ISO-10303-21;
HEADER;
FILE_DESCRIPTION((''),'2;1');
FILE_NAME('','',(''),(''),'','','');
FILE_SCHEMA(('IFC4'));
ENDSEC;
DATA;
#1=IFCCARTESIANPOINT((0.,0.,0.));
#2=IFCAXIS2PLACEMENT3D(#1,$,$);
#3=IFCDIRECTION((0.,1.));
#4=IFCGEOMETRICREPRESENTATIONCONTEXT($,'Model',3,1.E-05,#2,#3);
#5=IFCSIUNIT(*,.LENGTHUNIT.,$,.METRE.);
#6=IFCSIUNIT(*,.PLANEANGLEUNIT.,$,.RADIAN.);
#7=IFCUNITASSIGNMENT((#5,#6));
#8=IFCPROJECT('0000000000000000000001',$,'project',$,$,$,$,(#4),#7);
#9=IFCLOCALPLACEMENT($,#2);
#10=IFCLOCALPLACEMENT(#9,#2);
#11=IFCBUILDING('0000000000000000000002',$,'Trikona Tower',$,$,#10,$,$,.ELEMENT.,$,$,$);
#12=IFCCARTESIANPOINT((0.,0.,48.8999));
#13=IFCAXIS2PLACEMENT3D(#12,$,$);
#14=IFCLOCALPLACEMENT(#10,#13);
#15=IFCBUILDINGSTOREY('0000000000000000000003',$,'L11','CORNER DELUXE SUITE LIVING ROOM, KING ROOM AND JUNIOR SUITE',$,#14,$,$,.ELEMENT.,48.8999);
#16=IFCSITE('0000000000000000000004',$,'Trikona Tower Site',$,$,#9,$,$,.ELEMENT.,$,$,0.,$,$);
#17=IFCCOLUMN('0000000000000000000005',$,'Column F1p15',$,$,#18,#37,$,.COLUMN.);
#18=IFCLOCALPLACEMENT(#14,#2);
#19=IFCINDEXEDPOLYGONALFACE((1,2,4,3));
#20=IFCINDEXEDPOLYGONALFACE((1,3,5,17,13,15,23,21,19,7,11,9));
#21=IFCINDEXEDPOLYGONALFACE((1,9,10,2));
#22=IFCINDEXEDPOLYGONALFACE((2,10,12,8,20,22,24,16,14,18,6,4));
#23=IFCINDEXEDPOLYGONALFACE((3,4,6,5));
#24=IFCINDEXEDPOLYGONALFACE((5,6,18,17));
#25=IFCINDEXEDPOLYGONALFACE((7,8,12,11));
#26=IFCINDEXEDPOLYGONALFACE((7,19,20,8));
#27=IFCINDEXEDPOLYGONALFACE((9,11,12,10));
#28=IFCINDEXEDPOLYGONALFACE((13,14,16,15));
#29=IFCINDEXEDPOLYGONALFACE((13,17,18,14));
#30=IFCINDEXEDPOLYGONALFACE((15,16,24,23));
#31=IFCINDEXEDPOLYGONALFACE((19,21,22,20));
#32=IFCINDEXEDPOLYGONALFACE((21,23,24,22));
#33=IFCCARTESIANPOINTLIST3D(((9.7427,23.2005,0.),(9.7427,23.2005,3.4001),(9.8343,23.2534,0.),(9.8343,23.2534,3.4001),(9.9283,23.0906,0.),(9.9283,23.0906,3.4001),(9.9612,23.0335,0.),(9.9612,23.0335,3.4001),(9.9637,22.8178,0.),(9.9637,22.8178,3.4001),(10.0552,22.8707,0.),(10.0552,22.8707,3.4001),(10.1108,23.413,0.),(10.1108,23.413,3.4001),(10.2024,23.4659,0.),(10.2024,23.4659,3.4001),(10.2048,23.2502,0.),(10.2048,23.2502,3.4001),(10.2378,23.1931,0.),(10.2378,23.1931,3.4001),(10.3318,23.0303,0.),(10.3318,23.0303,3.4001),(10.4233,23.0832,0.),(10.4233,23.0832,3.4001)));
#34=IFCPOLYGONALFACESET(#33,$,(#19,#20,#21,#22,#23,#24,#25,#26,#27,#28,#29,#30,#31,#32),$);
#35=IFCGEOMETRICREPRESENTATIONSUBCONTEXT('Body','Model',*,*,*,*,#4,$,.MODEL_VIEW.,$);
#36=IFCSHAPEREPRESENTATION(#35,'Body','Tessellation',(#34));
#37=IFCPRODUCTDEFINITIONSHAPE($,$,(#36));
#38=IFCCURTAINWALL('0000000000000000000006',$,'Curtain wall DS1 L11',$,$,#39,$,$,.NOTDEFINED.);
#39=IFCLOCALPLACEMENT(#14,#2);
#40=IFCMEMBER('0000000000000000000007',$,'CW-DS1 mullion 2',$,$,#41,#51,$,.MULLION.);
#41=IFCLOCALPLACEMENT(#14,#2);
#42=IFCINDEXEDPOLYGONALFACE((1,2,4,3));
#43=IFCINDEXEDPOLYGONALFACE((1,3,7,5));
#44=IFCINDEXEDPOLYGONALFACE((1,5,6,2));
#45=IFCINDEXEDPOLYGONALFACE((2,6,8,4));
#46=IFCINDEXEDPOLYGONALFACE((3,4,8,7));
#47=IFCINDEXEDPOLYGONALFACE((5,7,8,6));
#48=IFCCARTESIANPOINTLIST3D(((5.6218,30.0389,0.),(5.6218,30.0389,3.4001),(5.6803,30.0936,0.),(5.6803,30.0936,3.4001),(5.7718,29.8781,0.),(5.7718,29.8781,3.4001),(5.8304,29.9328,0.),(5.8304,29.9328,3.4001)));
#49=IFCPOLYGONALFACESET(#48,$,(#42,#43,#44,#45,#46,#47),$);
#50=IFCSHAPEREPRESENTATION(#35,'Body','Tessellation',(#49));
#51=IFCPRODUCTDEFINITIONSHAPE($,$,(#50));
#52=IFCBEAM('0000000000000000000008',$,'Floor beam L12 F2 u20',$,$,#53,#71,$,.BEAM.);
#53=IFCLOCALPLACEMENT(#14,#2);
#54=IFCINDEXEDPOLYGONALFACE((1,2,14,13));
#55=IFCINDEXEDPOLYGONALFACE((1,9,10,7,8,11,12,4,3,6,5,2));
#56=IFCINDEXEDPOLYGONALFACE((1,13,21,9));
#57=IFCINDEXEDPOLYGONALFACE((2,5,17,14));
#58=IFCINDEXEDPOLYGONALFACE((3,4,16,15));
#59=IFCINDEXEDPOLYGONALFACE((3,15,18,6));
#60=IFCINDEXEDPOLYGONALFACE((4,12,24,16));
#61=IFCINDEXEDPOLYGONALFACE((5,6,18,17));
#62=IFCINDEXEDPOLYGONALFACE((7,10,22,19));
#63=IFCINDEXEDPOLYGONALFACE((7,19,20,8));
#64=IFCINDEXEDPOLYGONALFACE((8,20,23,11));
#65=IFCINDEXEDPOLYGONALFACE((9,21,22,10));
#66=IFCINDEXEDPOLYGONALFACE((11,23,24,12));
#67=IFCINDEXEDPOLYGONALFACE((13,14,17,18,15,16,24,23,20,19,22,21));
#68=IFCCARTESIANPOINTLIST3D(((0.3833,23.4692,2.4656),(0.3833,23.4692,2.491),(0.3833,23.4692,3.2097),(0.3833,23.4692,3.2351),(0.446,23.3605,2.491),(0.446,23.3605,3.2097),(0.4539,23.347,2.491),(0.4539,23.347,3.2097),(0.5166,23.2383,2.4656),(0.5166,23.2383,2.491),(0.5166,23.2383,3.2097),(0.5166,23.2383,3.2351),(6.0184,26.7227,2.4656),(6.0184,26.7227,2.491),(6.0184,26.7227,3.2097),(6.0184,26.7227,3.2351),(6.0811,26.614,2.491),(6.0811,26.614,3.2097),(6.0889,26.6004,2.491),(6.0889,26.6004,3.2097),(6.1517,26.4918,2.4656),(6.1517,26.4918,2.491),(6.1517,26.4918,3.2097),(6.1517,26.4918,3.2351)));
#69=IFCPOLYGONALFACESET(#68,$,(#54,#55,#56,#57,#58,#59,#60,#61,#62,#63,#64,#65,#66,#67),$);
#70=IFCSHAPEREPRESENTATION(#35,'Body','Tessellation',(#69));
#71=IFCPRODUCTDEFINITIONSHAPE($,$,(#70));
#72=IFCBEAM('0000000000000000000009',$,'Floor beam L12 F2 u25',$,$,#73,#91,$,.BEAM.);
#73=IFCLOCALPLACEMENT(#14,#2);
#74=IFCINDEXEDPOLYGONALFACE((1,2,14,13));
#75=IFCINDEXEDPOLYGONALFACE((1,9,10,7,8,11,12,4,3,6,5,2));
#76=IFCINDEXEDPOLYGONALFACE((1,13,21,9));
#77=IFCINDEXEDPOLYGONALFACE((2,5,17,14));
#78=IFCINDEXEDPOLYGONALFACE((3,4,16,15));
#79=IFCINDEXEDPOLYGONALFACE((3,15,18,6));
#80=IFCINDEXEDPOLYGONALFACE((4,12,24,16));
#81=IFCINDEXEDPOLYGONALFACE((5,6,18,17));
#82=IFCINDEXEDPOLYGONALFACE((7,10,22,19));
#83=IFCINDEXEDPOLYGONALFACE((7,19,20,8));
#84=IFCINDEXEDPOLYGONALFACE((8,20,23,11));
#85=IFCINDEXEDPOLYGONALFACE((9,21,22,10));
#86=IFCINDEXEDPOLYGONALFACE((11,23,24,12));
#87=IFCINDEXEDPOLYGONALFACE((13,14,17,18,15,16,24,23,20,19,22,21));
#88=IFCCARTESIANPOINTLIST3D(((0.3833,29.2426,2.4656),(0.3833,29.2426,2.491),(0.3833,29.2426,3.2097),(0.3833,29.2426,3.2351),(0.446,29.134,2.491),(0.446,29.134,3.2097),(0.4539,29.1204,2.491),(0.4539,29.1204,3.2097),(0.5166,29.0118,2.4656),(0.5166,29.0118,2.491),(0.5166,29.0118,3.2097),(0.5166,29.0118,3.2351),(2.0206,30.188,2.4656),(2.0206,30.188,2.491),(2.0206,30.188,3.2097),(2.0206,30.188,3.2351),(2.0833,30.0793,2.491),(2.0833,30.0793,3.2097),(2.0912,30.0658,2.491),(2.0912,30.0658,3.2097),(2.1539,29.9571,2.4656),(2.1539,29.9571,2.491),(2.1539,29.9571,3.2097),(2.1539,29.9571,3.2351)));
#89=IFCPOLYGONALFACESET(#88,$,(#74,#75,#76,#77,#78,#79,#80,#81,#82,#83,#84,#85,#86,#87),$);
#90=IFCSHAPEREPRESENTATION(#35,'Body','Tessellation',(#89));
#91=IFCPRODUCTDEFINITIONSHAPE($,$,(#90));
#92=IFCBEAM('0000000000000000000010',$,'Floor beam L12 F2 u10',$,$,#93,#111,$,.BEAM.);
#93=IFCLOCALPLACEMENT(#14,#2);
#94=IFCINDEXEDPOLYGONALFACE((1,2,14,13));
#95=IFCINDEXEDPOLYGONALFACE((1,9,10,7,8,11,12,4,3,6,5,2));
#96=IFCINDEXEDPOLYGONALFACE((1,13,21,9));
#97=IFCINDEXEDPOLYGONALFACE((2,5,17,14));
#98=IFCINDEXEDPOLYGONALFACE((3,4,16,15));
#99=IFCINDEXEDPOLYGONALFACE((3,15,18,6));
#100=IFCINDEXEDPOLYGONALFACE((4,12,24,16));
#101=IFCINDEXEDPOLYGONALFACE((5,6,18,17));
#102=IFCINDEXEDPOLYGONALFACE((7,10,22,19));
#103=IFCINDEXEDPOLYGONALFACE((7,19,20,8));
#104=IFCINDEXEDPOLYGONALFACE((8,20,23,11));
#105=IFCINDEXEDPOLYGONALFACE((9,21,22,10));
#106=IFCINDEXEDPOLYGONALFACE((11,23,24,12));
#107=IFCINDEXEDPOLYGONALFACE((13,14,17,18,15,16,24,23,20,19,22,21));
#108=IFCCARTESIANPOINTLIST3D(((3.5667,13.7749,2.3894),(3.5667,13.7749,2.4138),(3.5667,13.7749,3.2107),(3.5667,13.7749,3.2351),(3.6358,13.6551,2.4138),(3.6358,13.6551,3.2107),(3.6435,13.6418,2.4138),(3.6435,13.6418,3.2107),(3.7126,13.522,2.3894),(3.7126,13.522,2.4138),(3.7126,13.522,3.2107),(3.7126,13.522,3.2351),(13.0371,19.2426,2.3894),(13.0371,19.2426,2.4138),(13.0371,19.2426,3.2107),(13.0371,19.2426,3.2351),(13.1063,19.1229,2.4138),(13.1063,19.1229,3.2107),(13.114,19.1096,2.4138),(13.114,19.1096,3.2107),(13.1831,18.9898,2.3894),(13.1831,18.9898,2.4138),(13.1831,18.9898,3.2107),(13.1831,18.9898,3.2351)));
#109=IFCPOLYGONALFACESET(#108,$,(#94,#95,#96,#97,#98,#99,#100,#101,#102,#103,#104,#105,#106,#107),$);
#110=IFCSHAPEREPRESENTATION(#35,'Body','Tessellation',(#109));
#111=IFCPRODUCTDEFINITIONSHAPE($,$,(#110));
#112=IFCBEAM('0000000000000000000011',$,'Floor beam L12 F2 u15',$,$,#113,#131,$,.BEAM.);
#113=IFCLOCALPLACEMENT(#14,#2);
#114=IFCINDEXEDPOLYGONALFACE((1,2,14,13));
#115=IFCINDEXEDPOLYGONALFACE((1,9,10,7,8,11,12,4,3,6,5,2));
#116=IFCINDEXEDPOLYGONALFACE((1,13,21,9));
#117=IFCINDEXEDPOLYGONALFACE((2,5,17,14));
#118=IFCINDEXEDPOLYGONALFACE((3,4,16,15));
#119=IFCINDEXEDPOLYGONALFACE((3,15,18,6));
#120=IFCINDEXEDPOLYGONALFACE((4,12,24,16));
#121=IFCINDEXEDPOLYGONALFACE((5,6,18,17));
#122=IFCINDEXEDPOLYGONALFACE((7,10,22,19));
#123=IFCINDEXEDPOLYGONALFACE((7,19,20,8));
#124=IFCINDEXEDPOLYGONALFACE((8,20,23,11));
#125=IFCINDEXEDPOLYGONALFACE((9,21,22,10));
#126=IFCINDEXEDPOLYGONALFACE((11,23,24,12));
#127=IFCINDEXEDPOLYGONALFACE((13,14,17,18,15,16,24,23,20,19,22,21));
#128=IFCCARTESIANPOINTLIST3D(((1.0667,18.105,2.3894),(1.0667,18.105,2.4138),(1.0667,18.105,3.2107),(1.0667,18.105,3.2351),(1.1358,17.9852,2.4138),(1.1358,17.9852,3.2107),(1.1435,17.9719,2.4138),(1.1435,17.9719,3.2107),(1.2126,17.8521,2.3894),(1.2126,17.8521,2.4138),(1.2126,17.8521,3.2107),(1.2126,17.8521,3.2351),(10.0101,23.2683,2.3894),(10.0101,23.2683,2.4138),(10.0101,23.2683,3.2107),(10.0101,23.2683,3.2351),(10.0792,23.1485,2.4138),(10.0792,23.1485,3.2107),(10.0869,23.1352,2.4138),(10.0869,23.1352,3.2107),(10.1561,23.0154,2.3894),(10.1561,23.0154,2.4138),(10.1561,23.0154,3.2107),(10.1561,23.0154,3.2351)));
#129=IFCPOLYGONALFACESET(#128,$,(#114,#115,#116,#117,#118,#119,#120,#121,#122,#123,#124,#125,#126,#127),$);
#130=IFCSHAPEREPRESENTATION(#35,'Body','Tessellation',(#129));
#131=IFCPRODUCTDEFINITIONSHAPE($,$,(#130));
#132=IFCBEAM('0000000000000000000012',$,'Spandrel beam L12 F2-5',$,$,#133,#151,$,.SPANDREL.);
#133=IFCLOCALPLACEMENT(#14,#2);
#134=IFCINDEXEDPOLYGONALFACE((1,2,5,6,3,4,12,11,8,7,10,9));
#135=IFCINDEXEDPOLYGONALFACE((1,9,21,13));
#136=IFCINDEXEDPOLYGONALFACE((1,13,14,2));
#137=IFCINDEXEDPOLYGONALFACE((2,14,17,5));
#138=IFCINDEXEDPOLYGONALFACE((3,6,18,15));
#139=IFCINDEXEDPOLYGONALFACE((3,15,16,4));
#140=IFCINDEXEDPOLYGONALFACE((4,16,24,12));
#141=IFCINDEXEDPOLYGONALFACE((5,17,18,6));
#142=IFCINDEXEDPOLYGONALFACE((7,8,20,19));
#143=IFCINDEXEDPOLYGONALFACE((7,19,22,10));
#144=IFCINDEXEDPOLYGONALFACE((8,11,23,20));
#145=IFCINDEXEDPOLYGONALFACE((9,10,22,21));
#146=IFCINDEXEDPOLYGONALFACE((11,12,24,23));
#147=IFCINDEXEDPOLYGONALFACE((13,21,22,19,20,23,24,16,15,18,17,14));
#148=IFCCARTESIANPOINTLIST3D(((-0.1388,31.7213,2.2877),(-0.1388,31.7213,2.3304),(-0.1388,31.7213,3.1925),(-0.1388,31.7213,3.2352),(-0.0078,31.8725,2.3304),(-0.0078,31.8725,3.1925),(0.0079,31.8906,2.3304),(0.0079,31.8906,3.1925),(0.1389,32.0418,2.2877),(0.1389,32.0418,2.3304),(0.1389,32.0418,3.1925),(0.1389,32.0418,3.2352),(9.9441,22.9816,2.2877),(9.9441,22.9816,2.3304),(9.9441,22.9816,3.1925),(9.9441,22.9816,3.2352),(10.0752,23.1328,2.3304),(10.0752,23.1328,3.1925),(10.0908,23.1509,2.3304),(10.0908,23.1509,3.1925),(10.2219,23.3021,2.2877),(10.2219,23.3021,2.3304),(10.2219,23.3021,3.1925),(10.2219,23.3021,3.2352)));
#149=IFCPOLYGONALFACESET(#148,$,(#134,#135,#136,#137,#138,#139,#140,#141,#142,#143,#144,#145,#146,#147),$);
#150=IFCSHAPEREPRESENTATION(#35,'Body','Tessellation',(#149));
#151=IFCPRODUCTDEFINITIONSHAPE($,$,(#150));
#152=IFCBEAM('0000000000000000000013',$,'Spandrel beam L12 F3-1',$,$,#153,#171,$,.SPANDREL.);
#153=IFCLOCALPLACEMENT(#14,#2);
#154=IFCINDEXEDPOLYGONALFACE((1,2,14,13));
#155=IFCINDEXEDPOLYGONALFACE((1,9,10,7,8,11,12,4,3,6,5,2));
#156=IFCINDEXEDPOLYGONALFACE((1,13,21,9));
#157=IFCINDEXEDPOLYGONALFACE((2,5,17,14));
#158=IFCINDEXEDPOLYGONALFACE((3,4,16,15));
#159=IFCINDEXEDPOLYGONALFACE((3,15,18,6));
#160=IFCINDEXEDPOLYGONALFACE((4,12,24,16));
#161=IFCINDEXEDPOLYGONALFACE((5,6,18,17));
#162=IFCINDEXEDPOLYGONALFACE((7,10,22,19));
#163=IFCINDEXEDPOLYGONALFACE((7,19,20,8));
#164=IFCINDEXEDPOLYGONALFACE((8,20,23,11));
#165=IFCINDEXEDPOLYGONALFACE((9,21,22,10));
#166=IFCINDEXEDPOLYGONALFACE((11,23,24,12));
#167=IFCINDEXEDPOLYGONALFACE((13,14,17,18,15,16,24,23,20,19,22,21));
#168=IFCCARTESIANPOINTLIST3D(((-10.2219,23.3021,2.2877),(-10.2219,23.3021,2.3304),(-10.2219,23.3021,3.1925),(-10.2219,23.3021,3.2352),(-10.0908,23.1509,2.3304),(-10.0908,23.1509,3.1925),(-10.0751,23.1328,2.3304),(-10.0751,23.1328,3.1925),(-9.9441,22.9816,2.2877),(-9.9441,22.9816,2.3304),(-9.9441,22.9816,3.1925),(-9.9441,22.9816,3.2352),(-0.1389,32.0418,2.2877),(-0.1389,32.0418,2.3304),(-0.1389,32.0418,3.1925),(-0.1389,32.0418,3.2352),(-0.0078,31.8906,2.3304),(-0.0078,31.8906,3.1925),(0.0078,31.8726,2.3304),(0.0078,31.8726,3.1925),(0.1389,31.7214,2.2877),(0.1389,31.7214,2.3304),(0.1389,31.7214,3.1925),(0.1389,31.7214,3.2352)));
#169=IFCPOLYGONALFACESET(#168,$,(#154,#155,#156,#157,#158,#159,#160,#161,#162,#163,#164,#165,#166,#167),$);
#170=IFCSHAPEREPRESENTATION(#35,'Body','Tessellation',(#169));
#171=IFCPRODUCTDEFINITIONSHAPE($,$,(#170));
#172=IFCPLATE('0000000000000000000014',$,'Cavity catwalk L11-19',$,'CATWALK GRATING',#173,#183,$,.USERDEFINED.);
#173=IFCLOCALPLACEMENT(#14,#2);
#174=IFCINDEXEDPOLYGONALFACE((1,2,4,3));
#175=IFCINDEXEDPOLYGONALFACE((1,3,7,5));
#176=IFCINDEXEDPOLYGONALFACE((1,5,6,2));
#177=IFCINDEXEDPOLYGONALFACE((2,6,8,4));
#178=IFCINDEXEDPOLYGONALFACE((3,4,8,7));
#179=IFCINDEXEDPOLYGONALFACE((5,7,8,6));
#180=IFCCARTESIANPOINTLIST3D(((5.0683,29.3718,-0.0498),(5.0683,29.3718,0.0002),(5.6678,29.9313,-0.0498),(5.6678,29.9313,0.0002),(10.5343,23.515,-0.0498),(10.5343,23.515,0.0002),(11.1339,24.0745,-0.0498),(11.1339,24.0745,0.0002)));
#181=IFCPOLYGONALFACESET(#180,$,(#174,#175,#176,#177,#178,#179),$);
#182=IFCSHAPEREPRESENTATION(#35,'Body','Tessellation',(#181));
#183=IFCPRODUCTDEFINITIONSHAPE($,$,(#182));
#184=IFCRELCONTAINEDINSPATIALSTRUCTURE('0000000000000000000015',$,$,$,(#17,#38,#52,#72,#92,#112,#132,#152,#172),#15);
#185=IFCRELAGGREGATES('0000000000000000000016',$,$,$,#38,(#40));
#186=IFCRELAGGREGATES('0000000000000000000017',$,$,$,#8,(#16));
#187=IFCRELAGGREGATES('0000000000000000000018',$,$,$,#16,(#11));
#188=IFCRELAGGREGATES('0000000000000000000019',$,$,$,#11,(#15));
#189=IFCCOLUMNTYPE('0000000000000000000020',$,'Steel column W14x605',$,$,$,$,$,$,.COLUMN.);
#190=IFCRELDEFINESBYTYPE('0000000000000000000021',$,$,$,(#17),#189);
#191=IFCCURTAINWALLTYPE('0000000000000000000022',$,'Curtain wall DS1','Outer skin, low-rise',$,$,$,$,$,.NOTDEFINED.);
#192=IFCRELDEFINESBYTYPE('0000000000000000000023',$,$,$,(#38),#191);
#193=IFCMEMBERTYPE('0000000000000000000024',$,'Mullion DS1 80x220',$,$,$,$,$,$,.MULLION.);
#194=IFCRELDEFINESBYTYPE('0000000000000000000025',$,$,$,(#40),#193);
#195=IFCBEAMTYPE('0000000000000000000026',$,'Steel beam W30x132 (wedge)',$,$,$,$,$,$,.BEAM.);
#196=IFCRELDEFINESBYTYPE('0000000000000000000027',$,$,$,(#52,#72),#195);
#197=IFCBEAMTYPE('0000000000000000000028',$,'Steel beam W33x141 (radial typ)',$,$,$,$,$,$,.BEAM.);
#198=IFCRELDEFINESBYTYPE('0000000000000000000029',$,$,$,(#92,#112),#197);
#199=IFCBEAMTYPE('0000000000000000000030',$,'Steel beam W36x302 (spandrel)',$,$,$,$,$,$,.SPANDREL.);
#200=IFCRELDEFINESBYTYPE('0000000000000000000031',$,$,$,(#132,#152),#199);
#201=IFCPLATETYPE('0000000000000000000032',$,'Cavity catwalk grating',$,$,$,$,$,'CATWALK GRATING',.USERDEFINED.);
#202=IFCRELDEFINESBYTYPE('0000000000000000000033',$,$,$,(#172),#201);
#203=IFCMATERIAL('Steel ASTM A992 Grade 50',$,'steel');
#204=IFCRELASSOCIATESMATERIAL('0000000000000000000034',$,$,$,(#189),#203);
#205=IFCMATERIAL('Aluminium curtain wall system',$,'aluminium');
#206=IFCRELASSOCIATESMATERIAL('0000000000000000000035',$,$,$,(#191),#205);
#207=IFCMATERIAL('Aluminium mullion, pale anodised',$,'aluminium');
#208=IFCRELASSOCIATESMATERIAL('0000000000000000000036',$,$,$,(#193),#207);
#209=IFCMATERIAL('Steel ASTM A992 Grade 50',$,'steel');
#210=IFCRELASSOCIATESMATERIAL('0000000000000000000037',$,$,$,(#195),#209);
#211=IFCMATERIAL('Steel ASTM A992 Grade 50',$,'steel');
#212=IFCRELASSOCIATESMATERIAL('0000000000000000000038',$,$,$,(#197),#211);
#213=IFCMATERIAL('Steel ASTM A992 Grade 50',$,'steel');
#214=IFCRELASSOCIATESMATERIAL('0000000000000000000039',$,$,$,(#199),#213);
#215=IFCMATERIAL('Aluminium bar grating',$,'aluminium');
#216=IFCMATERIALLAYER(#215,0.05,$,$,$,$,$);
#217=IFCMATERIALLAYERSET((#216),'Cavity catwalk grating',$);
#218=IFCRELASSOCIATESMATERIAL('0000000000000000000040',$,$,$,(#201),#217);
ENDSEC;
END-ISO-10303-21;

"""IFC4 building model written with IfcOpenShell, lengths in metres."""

from ifc_helpers import new_model, si_unit, direction, frame, origin, origin_2d, place, context, subcontext, project, spatial, rectangle, i_section, extrude, material, layer, layer_set, material_profile, profile_set, type_object, element, aggregate, save


model = new_model("IFC4")

# Units and contexts
model_context = context("Model", 3, precision=1e-05, world=origin(), true_north=direction((0.0, 1.0)))
body_context = subcontext(model_context, "Body", "Model", "MODEL_VIEW")
ifc_project = project(units=[si_unit("LENGTHUNIT", "METRE"), si_unit("PLANEANGLEUNIT", "RADIAN")], contexts=[model_context])

# Site, building, storey
site_placement = place(None, origin())
site = spatial("IfcSite", under=ifc_project, at=site_placement, Name="Trikona Tower Site", CompositionType="ELEMENT", RefElevation=0.0)
building_placement = place(site_placement, origin())
building = spatial("IfcBuilding", under=site, at=building_placement, Name="Trikona Tower", CompositionType="ELEMENT")
storey_placement = place(building_placement, frame((0.0, 0.0, 48.8999)))
storey = spatial("IfcBuildingStorey", under=building, at=storey_placement, Name="L11", Description="CORNER DELUXE SUITE LIVING ROOM, KING ROOM AND JUNIOR SUITE", CompositionType="ELEMENT", Elevation=48.8999)

# Column
ifc_material_1 = material(Name="Steel ASTM A992 Grade 50", Category="steel")
ifc_material_profile_1 = material_profile(ifc_material_1, i_section(OverallWidth=0.4419, OverallDepth=0.5308, WebThickness=0.0659, FlangeThickness=0.1057, at=origin_2d()), Name="W14X605")
ifc_profile_set_1 = profile_set([ifc_material_profile_1], Name="Steel ASTM A992 Grade 50")
column_type = type_object("IfcColumnType", Name="Steel column W14x605", PredefinedType="COLUMN", material=ifc_profile_set_1)
column_placement = place(storey_placement, frame((10.083, 23.1418, 0.0), z_axis=(0.0, 0.0, 1.0), x_axis=(-0.5, 0.866025, 0.0)))
element("IfcColumn", 1, at=column_placement, inside=storey, type_object=column_type, Name="Column F1p15", PredefinedType="COLUMN", context=body_context, shape_type="SweptSolid", body=[
    extrude(i_section(OverallWidth=0.4419, OverallDepth=0.5308, WebThickness=0.0659, FlangeThickness=0.1057, at=origin_2d()), origin(), (0.0, 0.0, 1.0), 3.4001),
])

# Curtain wall, member
ifc_material_2 = material(Name="Aluminium curtain wall system", Category="aluminium")
curtain_wall_type = type_object("IfcCurtainWallType", Name="Curtain wall DS1", Description="Outer skin, low-rise", PredefinedType="NOTDEFINED", material=ifc_material_2)
curtain_wall_placement = place(storey_placement, origin())
curtain_wall = element("IfcCurtainWall", 2, at=curtain_wall_placement, inside=storey, type_object=curtain_wall_type, Name="Curtain wall DS1 L11", PredefinedType="NOTDEFINED")
ifc_material_3 = material(Name="Aluminium mullion, pale anodised", Category="aluminium")
ifc_material_profile_2 = material_profile(ifc_material_3, rectangle(XDim=0.0801, YDim=0.22, at=origin_2d()), Name="MUL-DS1")
ifc_profile_set_2 = profile_set([ifc_material_profile_2], Name="Aluminium mullion, pale anodised")
member_type = type_object("IfcMemberType", Name="Mullion DS1 80x220", PredefinedType="MULLION", material=ifc_profile_set_2)
member_placement = place(storey_placement, frame((5.7261, 29.9858, 0.0), z_axis=(0.0, 0.0, 1.0), x_axis=(-0.731077, -0.682295, 0.0)))
member = element("IfcMember", 3, at=member_placement, type_object=member_type, Name="CW-DS1 mullion 2", PredefinedType="MULLION", context=body_context, shape_type="SweptSolid", body=[
    extrude(rectangle(XDim=0.0801, YDim=0.22, at=origin_2d()), origin(), (0.0, 0.0, 1.0), 3.4001),
])

# Beams
ifc_material_4 = material(Name="Steel ASTM A992 Grade 50", Category="steel")
ifc_material_profile_3 = material_profile(ifc_material_4, i_section(OverallWidth=0.2666, OverallDepth=0.7695, WebThickness=0.0156, FlangeThickness=0.0254, at=origin_2d()), Name="W30X132")
ifc_profile_set_3 = profile_set([ifc_material_profile_3], Name="Steel ASTM A992 Grade 50")
beam_type_1 = type_object("IfcBeamType", Name="Steel beam W30x132 (wedge)", PredefinedType="BEAM", material=ifc_profile_set_3)
beam_1_placement = place(storey_placement, frame((0.45, 23.3538, 2.8503), z_axis=(0.866023, 0.500005, 0.0), x_axis=(-0.500005, 0.866023, 0.0)))
element("IfcBeam", 4, at=beam_1_placement, inside=storey, type_object=beam_type_1, Name="Floor beam L12 F2 u20", PredefinedType="BEAM", context=body_context, shape_type="SweptSolid", body=[
    extrude(i_section(OverallWidth=0.2666, OverallDepth=0.7695, WebThickness=0.0156, FlangeThickness=0.0254, at=origin_2d()), origin(), (0.0, 0.0, 1.0), 6.5068),
])
beam_2_placement = place(storey_placement, frame((0.45, 29.1272, 2.8503), z_axis=(0.866009, 0.500028, 0.0), x_axis=(-0.500028, 0.866009, 0.0)))
element("IfcBeam", 5, at=beam_2_placement, inside=storey, type_object=beam_type_1, Name="Floor beam L12 F2 u25", PredefinedType="BEAM", context=body_context, shape_type="SweptSolid", body=[
    extrude(i_section(OverallWidth=0.2666, OverallDepth=0.7695, WebThickness=0.0156, FlangeThickness=0.0254, at=origin_2d()), origin(), (0.0, 0.0, 1.0), 1.8906),
])
ifc_material_5 = material(Name="Steel ASTM A992 Grade 50", Category="steel")
ifc_material_profile_4 = material_profile(ifc_material_5, i_section(OverallWidth=0.292, OverallDepth=0.8457, WebThickness=0.0154, FlangeThickness=0.0244, at=origin_2d()), Name="W33X141")
ifc_profile_set_4 = profile_set([ifc_material_profile_4], Name="Steel ASTM A992 Grade 50")
beam_type_2 = type_object("IfcBeamType", Name="Steel beam W33x141 (radial typ)", PredefinedType="BEAM", material=ifc_profile_set_4)
beam_3_placement = place(storey_placement, frame((3.6396, 13.6484, 2.8123), z_axis=(0.866025, 0.5, 0.0), x_axis=(-0.5, 0.866025, 0.0)))
element("IfcBeam", 6, at=beam_3_placement, inside=storey, type_object=beam_type_2, Name="Floor beam L12 F2 u10", PredefinedType="BEAM", context=body_context, shape_type="SweptSolid", body=[
    extrude(i_section(OverallWidth=0.292, OverallDepth=0.8457, WebThickness=0.0154, FlangeThickness=0.0244, at=origin_2d()), origin(), (0.0, 0.0, 1.0), 10.9355),
])
beam_4_placement = place(storey_placement, frame((1.1396, 17.9785, 2.8123), z_axis=(0.86603, 0.499991, 0.0), x_axis=(-0.499991, 0.86603, 0.0)))
element("IfcBeam", 7, at=beam_4_placement, inside=storey, type_object=beam_type_2, Name="Floor beam L12 F2 u15", PredefinedType="BEAM", context=body_context, shape_type="SweptSolid", body=[
    extrude(i_section(OverallWidth=0.292, OverallDepth=0.8457, WebThickness=0.0154, FlangeThickness=0.0244, at=origin_2d()), origin(), (0.0, 0.0, 1.0), 10.3269),
])
ifc_material_6 = material(Name="Steel ASTM A992 Grade 50", Category="steel")
ifc_material_profile_5 = material_profile(ifc_material_6, i_section(OverallWidth=0.4241, OverallDepth=0.9475, WebThickness=0.0239, FlangeThickness=0.0427, at=origin_2d()), Name="W36X302")
ifc_profile_set_5 = profile_set([ifc_material_profile_5], Name="Steel ASTM A992 Grade 50")
beam_type_3 = type_object("IfcBeamType", Name="Steel beam W36x302 (spandrel)", PredefinedType="SPANDREL", material=ifc_profile_set_5)
for number, where, z_axis, x_axis, name in (
    (8, (10.083, 23.1418, 2.7615), (-0.755647, 0.654979, 0.0), (-0.654979, -0.755647, 0.0), "Spandrel beam L12 F2-5"),
    (9, (0.0, 31.8816, 2.7615), (-0.755647, -0.654979, 0.0), (0.654979, -0.755647, 0.0), "Spandrel beam L12 F3-1"),
):
    element("IfcBeam", number, at=place(storey_placement, frame(where, z_axis=z_axis, x_axis=x_axis)), inside=storey, type_object=beam_type_3, Name=name, PredefinedType="SPANDREL", context=body_context, shape_type="SweptSolid", body=[
        extrude(i_section(OverallWidth=0.4241, OverallDepth=0.9475, WebThickness=0.0239, FlangeThickness=0.0427, at=origin_2d()), origin(), (0.0, 0.0, 1.0), 13.3435),
    ])

# Plate
ifc_material_7 = material(Name="Aluminium bar grating", Category="aluminium")
ifc_layer_1 = layer(ifc_material_7, 0.05)
ifc_layer_set_1 = layer_set([ifc_layer_1], Name="Cavity catwalk grating")
plate_type_1 = type_object("IfcPlateType", Name="Cavity catwalk grating", ElementType="CATWALK GRATING", PredefinedType="USERDEFINED", material=ifc_layer_set_1)
plate_1_placement = place(storey_placement, frame((8.1011, 26.7231, -0.0498), z_axis=(0.0, 0.0, 1.0), x_axis=(-0.682298, 0.731074, 0.0)))
element("IfcPlate", 10, at=plate_1_placement, inside=storey, type_object=plate_type_1, Name="Cavity catwalk L11-19", ObjectType="CATWALK GRATING", PredefinedType="USERDEFINED", context=body_context, shape_type="SweptSolid", body=[
    extrude(rectangle(XDim=8.0112, YDim=0.8201, at=origin_2d()), origin(), (0.0, 0.0, 1.0), 0.05),
])
aggregate(curtain_wall, [member])

save(model, "model.ifc")
